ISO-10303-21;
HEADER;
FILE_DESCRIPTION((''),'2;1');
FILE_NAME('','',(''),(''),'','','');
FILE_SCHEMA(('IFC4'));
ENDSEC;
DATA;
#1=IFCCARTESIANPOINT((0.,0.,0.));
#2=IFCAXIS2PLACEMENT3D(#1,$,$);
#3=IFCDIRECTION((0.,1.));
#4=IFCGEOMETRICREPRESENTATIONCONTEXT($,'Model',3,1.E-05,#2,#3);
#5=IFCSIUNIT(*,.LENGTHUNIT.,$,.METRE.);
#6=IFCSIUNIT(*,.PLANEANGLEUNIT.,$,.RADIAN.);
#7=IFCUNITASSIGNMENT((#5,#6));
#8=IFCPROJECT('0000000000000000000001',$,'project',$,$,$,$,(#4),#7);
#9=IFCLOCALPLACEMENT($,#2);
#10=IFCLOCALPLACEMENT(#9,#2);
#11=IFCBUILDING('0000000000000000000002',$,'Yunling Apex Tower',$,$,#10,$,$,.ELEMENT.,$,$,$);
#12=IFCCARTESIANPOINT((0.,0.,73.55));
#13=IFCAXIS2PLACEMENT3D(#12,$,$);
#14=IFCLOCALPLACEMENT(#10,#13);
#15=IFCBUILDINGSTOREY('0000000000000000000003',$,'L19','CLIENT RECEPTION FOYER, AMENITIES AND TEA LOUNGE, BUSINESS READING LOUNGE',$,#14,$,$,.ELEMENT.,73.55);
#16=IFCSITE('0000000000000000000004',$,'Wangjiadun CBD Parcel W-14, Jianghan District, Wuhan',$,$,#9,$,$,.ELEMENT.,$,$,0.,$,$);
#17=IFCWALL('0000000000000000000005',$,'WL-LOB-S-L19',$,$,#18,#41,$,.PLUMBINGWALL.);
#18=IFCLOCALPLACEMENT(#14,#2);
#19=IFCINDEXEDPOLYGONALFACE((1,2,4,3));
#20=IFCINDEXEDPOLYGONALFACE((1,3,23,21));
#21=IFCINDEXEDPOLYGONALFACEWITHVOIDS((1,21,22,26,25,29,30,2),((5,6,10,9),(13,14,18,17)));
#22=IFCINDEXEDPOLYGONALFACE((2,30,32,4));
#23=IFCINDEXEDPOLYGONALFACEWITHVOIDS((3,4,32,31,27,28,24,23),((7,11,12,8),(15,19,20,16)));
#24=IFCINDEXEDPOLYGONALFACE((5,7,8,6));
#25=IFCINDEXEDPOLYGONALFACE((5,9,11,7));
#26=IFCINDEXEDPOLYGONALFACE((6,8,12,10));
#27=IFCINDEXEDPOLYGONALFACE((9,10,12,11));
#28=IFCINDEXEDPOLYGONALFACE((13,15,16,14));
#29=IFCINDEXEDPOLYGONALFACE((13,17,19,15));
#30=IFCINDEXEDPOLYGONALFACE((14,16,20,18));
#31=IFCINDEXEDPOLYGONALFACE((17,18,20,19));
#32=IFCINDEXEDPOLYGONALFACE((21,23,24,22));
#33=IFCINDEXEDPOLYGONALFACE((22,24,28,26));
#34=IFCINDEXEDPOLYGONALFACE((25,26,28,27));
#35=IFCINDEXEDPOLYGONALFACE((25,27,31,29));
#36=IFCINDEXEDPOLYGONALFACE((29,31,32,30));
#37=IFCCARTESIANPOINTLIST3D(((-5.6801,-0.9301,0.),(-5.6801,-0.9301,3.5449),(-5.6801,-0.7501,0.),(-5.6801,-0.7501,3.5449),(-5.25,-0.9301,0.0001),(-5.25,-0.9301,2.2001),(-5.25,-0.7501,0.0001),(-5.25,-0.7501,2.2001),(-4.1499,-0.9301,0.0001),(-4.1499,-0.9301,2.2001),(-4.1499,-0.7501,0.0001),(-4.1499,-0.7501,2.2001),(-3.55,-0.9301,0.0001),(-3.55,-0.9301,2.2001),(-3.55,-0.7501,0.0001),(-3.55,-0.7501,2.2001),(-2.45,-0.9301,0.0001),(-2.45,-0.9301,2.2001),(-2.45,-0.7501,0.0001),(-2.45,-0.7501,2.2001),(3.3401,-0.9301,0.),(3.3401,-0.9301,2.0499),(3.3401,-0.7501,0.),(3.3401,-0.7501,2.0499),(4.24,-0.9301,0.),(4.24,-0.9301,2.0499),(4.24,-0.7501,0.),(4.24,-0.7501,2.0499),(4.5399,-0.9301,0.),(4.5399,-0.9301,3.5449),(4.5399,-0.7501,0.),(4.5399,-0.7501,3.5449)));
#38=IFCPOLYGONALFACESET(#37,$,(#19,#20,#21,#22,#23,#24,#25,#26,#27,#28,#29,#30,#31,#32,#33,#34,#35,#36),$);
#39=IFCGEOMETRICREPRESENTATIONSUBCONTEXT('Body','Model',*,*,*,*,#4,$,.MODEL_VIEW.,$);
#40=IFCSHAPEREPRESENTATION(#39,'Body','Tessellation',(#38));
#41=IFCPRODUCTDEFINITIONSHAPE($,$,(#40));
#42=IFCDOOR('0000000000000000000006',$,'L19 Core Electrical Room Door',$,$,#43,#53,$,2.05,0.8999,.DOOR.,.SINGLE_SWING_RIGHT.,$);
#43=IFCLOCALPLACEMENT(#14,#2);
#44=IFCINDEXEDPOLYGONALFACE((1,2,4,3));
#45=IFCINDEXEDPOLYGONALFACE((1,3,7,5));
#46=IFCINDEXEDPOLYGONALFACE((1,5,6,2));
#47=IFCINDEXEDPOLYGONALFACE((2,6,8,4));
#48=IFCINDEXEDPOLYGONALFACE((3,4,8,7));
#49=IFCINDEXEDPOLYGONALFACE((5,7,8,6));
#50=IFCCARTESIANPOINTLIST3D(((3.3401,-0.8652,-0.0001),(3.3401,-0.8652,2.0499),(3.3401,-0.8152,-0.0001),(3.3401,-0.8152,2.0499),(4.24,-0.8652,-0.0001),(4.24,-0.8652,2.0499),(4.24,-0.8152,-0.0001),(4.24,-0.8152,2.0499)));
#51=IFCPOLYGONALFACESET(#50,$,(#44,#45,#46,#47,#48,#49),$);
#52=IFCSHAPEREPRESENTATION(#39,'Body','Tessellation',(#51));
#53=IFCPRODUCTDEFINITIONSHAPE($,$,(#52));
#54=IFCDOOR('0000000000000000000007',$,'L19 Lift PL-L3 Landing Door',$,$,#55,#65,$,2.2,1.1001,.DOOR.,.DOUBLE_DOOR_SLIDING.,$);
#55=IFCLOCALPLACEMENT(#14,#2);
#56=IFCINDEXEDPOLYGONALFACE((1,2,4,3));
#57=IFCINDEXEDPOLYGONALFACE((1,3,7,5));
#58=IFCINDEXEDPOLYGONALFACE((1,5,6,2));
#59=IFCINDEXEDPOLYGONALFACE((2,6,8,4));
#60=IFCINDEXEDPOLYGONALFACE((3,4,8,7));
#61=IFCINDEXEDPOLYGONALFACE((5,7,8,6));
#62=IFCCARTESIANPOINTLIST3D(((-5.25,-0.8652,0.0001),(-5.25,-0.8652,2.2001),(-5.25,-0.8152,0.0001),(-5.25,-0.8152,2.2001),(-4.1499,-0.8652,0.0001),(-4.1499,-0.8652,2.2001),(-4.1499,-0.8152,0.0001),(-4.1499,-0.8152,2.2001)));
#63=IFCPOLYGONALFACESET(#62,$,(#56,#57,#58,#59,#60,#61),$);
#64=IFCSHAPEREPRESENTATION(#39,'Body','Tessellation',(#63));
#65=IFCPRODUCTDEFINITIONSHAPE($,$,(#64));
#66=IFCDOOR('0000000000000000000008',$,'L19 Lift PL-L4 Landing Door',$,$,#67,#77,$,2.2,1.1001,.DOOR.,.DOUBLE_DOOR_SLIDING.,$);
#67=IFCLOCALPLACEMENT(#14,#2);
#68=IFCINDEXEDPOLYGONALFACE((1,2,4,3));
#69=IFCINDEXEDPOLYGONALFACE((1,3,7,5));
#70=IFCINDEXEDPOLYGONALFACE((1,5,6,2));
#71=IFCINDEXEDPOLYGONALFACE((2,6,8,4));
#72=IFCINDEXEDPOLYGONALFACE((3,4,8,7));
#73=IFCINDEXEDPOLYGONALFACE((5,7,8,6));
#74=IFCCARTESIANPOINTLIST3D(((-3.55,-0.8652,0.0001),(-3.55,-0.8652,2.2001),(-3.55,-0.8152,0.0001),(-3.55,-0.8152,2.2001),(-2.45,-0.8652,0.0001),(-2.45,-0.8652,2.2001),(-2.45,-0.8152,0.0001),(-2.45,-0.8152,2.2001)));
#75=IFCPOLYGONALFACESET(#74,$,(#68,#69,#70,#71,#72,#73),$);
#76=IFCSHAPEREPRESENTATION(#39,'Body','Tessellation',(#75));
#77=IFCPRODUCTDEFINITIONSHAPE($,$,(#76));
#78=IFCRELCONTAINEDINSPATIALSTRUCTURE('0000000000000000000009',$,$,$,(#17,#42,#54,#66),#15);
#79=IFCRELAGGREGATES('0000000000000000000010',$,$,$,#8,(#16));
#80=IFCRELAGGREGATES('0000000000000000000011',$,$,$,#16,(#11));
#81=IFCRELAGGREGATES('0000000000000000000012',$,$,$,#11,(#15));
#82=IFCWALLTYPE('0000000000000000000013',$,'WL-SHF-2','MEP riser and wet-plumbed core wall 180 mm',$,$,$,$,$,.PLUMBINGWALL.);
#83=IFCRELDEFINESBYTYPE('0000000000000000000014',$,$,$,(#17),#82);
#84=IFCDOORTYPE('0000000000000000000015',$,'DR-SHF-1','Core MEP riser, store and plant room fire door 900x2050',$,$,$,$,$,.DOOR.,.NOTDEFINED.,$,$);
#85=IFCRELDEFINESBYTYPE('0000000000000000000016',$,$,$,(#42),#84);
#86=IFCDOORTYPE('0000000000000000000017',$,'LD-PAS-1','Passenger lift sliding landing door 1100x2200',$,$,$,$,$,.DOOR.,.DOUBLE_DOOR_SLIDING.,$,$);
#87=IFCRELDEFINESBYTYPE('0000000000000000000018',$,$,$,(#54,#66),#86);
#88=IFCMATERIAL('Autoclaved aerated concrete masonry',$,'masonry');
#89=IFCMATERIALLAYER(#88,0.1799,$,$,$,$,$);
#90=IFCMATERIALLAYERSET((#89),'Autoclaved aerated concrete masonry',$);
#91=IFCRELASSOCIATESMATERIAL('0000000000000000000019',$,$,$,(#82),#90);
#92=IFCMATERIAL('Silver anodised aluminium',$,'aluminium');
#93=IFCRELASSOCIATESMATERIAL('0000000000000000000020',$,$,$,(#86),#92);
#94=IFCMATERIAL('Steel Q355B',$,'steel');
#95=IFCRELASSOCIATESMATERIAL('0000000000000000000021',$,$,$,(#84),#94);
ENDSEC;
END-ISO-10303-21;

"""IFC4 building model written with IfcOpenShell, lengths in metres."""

from ifc_helpers import new_model, si_unit, direction, frame, frame_2d, origin, place, context, subcontext, project, spatial, rectangle, extrude, material, layer, layer_set, type_object, element, fill, save


model = new_model("IFC4")

# Units and contexts
model_context = context("Model", 3, precision=1e-05, world=origin(), true_north=direction((0.0, 1.0)))
body_context = subcontext(model_context, "Body", "Model", "MODEL_VIEW")
ifc_project = project(units=[si_unit("LENGTHUNIT", "METRE"), si_unit("PLANEANGLEUNIT", "RADIAN")], contexts=[model_context])

# Site, building, storey
site_placement = place(None, origin())
site = spatial("IfcSite", under=ifc_project, at=site_placement, Name="Wangjiadun CBD Parcel W-14, Jianghan District, Wuhan", CompositionType="ELEMENT", RefElevation=0.0)
building_placement = place(site_placement, origin())
building = spatial("IfcBuilding", under=site, at=building_placement, Name="Yunling Apex Tower", CompositionType="ELEMENT")
storey_placement = place(building_placement, frame((0.0, 0.0, 73.55)))
storey = spatial("IfcBuildingStorey", under=building, at=storey_placement, Name="L19", Description="CLIENT RECEPTION FOYER, AMENITIES AND TEA LOUNGE, BUSINESS READING LOUNGE", CompositionType="ELEMENT", Elevation=73.55)

# Shared definitions
ifc_material_1 = material(Name="Steel Q355B", Category="steel")

# Shared definitions
ifc_material_2 = material(Name="Autoclaved aerated concrete masonry", Category="masonry")

# Shared definitions
ifc_layer_1 = layer(ifc_material_2, 0.1799)
ifc_layer_set_1 = layer_set([ifc_layer_1], Name="Autoclaved aerated concrete masonry")
wall_type_1 = type_object("IfcWallType", Name="WL-SHF-2", Description="MEP riser and wet-plumbed core wall 180 mm", PredefinedType="PLUMBINGWALL", material=ifc_layer_set_1)

# Wall, openings, doors
ifc_material_3 = material(Name="Silver anodised aluminium", Category="aluminium")
door_type_1 = type_object("IfcDoorType", Name="LD-PAS-1", Description="Passenger lift sliding landing door 1100x2200", OperationType="DOUBLE_DOOR_SLIDING", PredefinedType="DOOR", material=ifc_material_3)
wall_1_placement = place(storey_placement, frame((-5.6799, -0.8401, 0.0), z_axis=(0.0, 0.0, 1.0), x_axis=(1.0, 0.0, 0.0)))
wall_1 = element("IfcWall", 1, at=wall_1_placement, inside=storey, type_object=wall_type_1, Name="WL-LOB-S-L19", PredefinedType="PLUMBINGWALL", context=body_context, shape_type="SweptSolid", body=[
    extrude(rectangle(XDim=10.22, YDim=0.1799, at=frame_2d((5.1099, 0.0))), origin(), (0.0, 0.0, 1.0), 3.5449),
])
opening_1_placement = place(wall_1_placement, frame((0.4299, 0.0, 0.0)))
opening_1 = element("IfcOpeningElement", 2, at=opening_1_placement, cuts=wall_1, PredefinedType="OPENING", context=body_context, shape_type="SweptSolid", body=[
    extrude(rectangle(XDim=1.1001, YDim=2.2, at=frame_2d((0.55, 1.1001))), frame((0.0, 0.1001, 0.0), z_axis=(0.0, -1.0, 0.0), x_axis=(1.0, 0.0, 0.0)), (0.0, 0.0, 1.0), 0.2),
])
opening_2_placement = place(wall_1_placement, frame((2.1299, 0.0, 0.0)))
opening_2 = element("IfcOpeningElement", 3, at=opening_2_placement, cuts=wall_1, PredefinedType="OPENING", context=body_context, shape_type="SweptSolid", body=[
    extrude(rectangle(XDim=1.1001, YDim=2.2, at=frame_2d((0.55, 1.1001))), frame((0.0, 0.1001, 0.0), z_axis=(0.0, -1.0, 0.0), x_axis=(1.0, 0.0, 0.0)), (0.0, 0.0, 1.0), 0.2),
])
opening_3_placement = place(wall_1_placement, frame((9.02, 0.0, 0.0)))
opening_3 = element("IfcOpeningElement", 4, at=opening_3_placement, cuts=wall_1, PredefinedType="OPENING", context=body_context, shape_type="SweptSolid", body=[
    extrude(rectangle(XDim=0.8999, YDim=2.05, at=frame_2d((0.45, 1.0249))), frame((0.0, 0.1001, 0.0), z_axis=(0.0, -1.0, 0.0), x_axis=(1.0, 0.0, 0.0)), (0.0, 0.0, 1.0), 0.2),
])
door_type_2 = type_object("IfcDoorType", Name="DR-SHF-1", Description="Core MEP riser, store and plant room fire door 900x2050", OperationType="NOTDEFINED", PredefinedType="DOOR", material=ifc_material_1)
door_1_placement = place(opening_3_placement, origin())
door_1 = element("IfcDoor", 5, at=door_1_placement, inside=storey, type_object=door_type_2, Name="L19 Core Electrical Room Door", OperationType="SINGLE_SWING_RIGHT", OverallHeight=2.05, OverallWidth=0.8999, PredefinedType="DOOR", context=body_context, shape_type="SweptSolid", body=[
    extrude(rectangle(XDim=0.8999, YDim=2.05, at=frame_2d((0.45, 1.0249))), frame((0.0, 0.0249, 0.0), z_axis=(0.0, -1.0, 0.0), x_axis=(1.0, 0.0, 0.0)), (0.0, 0.0, 1.0), 0.05),
])
fill(opening_3, door_1)
door_2_placement = place(opening_1_placement, origin())
door_2 = element("IfcDoor", 6, at=door_2_placement, inside=storey, type_object=door_type_1, Name="L19 Lift PL-L3 Landing Door", OperationType="DOUBLE_DOOR_SLIDING", OverallHeight=2.2, OverallWidth=1.1001, PredefinedType="DOOR", context=body_context, shape_type="SweptSolid", body=[
    extrude(rectangle(XDim=1.1001, YDim=2.2, at=frame_2d((0.55, 1.1001))), frame((0.0, 0.0249, 0.0), z_axis=(0.0, -1.0, 0.0), x_axis=(1.0, 0.0, 0.0)), (0.0, 0.0, 1.0), 0.05),
])
fill(opening_1, door_2)
door_3_placement = place(opening_2_placement, origin())
door_3 = element("IfcDoor", 7, at=door_3_placement, inside=storey, type_object=door_type_1, Name="L19 Lift PL-L4 Landing Door", OperationType="DOUBLE_DOOR_SLIDING", OverallHeight=2.2, OverallWidth=1.1001, PredefinedType="DOOR", context=body_context, shape_type="SweptSolid", body=[
    extrude(rectangle(XDim=1.1001, YDim=2.2, at=frame_2d((0.55, 1.1001))), frame((0.0, 0.0249, 0.0), z_axis=(0.0, -1.0, 0.0), x_axis=(1.0, 0.0, 0.0)), (0.0, 0.0, 1.0), 0.05),
])
fill(opening_2, door_3)

save(model, "model.ifc")
